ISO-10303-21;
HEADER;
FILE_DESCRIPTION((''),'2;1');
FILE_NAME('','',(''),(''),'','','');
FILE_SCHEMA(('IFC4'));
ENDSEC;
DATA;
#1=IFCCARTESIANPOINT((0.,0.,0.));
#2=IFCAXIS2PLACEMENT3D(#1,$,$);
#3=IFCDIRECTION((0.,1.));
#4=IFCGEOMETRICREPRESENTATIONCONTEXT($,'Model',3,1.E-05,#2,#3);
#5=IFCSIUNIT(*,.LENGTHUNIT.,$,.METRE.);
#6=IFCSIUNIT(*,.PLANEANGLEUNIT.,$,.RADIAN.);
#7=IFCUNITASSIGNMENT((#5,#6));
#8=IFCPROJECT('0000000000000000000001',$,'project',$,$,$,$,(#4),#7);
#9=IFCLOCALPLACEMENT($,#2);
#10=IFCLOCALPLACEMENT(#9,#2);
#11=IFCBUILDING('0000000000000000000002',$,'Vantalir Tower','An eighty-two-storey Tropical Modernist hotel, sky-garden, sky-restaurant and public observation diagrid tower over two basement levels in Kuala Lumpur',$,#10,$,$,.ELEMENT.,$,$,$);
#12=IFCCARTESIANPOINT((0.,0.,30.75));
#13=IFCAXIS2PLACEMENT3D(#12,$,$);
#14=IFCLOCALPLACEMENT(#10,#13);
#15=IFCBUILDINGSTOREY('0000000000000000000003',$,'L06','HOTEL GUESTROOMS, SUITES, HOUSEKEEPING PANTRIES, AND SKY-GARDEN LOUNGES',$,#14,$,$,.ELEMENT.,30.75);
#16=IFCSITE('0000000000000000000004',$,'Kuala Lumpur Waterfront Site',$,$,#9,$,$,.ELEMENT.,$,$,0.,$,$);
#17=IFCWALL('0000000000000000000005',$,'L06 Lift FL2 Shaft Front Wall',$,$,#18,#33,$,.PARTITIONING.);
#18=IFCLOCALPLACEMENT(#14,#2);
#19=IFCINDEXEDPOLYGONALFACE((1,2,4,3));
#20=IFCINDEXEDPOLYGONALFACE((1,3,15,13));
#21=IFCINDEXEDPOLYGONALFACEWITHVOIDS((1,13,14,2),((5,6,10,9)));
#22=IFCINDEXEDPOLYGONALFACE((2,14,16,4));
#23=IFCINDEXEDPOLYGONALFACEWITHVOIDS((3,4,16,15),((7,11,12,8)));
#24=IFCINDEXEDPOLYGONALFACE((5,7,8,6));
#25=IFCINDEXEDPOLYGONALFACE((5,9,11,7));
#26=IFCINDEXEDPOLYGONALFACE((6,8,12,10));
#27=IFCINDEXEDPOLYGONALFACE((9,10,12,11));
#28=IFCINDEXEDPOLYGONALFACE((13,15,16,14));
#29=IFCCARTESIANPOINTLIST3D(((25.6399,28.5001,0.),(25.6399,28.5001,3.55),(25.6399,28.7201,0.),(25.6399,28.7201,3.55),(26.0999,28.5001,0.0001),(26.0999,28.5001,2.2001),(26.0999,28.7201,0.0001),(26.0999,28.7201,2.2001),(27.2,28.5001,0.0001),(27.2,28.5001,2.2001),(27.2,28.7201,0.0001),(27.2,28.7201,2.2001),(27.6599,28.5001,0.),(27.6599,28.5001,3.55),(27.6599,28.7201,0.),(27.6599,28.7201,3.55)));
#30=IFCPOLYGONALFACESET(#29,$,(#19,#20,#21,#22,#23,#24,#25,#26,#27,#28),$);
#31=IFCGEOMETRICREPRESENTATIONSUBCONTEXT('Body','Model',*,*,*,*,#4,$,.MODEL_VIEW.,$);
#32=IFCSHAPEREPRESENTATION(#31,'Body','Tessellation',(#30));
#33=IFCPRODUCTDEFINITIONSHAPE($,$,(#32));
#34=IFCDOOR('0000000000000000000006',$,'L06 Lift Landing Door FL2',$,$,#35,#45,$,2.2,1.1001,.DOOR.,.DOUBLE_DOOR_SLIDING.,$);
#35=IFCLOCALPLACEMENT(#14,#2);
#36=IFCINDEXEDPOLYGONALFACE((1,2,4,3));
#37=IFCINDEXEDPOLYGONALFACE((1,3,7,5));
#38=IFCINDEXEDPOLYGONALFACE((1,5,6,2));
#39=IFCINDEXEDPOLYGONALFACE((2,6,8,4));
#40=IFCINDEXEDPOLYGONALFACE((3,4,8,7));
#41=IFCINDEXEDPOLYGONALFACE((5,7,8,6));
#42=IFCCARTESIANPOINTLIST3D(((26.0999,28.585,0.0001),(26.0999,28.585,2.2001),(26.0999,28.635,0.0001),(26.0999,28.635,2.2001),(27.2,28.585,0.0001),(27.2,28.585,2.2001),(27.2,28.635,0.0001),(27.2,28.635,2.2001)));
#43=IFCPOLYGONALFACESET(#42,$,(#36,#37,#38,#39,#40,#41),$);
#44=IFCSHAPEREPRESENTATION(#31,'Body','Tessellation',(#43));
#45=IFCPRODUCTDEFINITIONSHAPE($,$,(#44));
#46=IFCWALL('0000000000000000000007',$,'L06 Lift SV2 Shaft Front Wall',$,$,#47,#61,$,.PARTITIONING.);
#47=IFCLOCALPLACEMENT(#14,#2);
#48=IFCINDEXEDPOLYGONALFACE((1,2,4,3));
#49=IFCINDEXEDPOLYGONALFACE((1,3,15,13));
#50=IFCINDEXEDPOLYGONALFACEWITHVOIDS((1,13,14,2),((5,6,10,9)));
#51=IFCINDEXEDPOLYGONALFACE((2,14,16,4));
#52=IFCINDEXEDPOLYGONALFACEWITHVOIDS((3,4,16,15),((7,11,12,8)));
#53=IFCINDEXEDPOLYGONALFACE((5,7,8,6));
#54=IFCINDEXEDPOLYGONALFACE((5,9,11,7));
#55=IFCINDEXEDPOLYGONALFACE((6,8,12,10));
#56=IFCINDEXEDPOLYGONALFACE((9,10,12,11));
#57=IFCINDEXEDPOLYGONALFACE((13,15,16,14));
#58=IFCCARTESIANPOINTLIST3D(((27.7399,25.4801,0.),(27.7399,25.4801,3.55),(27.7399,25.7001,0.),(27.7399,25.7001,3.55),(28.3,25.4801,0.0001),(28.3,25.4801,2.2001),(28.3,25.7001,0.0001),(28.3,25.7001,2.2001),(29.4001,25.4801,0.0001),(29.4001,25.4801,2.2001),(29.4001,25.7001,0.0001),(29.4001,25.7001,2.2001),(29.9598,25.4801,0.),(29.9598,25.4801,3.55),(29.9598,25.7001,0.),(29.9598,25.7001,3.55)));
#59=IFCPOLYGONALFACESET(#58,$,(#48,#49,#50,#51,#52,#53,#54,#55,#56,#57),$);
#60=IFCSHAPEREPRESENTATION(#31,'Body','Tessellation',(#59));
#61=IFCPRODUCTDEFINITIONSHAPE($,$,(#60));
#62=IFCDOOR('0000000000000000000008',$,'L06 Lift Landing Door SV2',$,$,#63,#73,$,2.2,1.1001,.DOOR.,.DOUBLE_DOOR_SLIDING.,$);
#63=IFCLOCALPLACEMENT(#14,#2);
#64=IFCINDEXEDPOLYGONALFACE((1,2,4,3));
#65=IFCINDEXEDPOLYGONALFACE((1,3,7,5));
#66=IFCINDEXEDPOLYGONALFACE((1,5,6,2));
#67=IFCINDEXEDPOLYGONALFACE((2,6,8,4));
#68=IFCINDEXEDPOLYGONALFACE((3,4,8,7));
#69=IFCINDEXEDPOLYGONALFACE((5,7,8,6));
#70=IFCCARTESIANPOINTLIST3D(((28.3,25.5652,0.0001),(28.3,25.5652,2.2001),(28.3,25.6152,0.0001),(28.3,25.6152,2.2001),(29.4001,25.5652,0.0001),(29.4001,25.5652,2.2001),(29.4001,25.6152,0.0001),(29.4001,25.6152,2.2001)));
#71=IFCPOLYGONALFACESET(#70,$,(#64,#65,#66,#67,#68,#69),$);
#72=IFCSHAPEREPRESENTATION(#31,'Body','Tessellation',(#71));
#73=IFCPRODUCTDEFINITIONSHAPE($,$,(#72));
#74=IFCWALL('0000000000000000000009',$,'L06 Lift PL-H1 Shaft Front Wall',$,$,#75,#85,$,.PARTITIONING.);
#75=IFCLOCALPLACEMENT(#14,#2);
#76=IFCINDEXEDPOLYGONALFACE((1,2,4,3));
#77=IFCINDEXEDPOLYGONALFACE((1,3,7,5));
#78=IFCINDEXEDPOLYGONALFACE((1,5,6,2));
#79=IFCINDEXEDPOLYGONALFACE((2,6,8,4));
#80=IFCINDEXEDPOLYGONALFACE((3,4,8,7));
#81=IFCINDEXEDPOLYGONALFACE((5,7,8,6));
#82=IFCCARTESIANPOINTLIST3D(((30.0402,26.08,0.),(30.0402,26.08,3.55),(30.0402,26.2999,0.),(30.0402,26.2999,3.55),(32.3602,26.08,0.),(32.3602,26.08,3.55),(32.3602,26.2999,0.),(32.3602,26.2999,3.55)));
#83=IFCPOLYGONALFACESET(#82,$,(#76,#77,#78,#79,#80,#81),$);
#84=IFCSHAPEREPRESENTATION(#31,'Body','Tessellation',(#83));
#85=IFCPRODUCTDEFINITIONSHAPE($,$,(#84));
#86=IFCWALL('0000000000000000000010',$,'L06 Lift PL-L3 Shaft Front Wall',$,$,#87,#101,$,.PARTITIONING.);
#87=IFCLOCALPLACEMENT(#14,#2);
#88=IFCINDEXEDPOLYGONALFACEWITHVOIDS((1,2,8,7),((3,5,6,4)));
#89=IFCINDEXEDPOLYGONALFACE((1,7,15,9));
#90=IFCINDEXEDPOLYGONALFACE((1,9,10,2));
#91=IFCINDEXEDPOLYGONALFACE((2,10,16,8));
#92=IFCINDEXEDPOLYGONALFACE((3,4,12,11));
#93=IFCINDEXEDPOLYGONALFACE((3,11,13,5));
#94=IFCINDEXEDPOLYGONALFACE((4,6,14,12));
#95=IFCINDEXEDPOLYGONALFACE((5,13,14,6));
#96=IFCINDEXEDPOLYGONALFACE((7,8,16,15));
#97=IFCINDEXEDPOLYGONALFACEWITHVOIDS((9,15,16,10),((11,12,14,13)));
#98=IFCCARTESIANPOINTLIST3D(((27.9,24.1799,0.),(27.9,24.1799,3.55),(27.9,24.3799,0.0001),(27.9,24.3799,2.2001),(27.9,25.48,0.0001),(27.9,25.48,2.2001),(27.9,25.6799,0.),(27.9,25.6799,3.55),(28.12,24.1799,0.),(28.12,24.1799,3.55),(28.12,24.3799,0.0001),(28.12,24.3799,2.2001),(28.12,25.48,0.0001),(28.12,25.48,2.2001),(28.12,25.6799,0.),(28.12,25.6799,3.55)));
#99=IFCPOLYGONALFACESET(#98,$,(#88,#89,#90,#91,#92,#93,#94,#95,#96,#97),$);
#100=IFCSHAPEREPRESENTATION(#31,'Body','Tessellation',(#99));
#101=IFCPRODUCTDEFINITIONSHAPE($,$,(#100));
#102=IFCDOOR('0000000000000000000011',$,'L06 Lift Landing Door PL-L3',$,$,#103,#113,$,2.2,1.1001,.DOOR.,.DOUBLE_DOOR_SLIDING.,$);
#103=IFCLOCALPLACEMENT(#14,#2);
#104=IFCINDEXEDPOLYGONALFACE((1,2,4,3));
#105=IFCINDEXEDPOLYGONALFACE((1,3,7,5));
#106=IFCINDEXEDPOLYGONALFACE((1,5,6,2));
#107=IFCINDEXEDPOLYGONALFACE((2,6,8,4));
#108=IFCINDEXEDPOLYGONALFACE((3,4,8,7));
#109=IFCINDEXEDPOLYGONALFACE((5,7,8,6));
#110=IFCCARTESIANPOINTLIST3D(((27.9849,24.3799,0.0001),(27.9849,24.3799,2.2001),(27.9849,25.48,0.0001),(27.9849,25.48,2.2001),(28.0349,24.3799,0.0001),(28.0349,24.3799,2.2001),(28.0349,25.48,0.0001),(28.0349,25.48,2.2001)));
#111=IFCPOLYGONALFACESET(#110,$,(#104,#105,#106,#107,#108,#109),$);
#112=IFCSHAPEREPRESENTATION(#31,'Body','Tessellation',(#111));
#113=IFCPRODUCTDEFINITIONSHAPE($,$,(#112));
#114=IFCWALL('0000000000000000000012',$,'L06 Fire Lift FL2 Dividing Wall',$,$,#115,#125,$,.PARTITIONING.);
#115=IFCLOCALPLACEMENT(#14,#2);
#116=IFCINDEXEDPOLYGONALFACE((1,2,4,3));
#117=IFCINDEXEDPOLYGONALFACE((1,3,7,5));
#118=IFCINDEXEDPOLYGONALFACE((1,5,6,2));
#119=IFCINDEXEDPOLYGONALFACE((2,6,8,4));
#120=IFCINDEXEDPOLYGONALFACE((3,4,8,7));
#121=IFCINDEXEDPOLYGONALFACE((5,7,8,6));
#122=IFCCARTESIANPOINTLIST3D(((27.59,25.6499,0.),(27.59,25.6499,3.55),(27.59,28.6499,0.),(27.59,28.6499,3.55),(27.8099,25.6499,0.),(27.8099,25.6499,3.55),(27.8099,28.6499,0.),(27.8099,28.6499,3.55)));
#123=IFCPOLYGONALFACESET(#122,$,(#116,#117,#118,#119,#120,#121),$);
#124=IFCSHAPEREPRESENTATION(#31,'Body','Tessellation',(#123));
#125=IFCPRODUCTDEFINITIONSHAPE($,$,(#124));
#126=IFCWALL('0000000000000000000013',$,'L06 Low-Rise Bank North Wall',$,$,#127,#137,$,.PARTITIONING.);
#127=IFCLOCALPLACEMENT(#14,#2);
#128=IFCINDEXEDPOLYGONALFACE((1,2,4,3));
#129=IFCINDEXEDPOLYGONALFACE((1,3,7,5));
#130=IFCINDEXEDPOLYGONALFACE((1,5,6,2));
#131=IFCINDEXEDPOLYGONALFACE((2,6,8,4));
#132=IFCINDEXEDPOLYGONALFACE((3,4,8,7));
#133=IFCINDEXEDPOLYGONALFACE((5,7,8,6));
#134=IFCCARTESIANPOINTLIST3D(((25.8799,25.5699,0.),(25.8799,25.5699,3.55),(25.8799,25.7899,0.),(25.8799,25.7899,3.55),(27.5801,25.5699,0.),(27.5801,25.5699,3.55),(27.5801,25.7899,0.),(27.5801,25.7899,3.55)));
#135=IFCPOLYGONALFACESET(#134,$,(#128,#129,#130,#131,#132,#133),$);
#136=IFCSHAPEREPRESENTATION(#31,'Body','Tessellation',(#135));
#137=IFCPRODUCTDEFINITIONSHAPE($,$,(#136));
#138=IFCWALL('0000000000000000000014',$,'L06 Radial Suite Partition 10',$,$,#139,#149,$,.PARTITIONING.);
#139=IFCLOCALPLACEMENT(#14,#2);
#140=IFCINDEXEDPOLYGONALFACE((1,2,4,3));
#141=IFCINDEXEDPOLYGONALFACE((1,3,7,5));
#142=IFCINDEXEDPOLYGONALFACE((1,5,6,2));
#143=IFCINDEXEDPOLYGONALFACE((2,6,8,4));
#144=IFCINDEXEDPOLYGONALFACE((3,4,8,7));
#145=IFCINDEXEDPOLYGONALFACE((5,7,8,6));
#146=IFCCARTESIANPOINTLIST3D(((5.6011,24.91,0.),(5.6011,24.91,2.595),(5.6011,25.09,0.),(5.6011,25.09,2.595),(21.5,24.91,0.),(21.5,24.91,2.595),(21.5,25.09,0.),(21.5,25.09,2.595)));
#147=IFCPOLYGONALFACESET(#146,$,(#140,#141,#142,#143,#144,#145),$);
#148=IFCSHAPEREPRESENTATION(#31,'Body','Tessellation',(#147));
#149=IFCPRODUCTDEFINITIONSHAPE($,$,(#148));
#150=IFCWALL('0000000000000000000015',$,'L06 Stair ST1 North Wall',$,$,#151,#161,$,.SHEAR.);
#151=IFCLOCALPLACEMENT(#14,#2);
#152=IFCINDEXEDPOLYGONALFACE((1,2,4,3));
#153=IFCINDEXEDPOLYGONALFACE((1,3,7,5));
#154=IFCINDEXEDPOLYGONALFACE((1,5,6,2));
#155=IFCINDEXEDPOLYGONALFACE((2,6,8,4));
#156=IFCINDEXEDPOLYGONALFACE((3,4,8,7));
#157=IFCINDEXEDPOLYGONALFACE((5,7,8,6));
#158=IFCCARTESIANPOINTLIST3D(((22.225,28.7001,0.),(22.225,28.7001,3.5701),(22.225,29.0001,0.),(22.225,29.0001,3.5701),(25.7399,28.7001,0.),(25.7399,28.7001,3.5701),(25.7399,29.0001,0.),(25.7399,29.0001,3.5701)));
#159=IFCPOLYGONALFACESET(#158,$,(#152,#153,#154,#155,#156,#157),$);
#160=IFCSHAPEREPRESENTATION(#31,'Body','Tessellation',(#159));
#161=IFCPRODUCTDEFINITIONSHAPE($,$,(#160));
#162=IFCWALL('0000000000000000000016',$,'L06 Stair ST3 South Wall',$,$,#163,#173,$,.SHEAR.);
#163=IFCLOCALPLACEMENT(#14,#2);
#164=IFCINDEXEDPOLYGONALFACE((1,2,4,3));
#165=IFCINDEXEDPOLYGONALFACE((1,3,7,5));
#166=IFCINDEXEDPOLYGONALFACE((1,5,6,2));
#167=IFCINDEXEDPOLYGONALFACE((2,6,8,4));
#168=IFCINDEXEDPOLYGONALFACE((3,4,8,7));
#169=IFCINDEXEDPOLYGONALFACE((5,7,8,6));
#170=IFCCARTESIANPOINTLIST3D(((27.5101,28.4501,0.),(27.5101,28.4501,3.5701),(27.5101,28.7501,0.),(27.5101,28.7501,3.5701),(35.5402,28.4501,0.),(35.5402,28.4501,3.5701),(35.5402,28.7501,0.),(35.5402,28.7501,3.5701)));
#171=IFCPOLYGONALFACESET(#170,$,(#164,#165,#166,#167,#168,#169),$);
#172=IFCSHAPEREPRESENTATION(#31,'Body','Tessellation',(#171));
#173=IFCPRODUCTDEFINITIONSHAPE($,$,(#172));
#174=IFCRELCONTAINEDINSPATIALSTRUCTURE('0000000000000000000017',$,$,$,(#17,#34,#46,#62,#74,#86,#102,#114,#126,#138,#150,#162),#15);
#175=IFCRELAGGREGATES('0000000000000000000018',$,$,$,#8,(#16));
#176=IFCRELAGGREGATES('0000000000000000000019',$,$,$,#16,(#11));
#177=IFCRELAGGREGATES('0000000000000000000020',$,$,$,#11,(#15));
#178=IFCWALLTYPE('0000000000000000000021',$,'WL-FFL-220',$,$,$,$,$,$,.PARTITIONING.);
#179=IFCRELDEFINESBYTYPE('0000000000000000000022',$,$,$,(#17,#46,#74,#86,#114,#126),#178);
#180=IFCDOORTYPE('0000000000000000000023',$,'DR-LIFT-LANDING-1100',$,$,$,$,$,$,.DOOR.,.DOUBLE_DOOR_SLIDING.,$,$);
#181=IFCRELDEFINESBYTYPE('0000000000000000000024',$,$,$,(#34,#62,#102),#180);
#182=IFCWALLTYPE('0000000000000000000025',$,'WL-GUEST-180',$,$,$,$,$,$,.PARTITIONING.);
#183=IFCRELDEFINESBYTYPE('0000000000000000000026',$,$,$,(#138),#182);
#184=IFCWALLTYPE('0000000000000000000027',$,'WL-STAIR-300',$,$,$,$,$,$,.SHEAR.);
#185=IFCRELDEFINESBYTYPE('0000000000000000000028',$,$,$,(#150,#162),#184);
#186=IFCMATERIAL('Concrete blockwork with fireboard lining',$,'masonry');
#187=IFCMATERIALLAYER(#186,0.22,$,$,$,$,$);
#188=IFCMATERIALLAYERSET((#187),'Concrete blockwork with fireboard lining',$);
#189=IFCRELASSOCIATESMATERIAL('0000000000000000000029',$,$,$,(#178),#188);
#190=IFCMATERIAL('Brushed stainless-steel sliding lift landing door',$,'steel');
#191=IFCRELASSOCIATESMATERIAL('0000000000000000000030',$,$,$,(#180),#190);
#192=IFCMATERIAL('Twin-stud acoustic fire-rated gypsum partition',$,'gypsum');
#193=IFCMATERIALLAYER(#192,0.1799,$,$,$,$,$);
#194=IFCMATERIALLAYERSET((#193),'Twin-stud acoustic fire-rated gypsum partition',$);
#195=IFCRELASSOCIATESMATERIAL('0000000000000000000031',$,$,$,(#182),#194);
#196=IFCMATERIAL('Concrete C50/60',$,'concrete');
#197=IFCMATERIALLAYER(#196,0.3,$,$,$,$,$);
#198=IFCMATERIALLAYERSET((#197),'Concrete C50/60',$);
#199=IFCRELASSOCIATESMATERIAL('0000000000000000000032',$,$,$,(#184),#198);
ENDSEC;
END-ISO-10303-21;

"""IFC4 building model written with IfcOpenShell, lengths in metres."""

from ifc_helpers import new_model, si_unit, direction, frame, frame_2d, origin, place, context, subcontext, project, spatial, rectangle, extrude, material, layer, layer_set, type_object, element, fill, save


model = new_model("IFC4")

# Units and contexts
model_context = context("Model", 3, precision=1e-05, world=origin(), true_north=direction((0.0, 1.0)))
body_context = subcontext(model_context, "Body", "Model", "MODEL_VIEW")
ifc_project = project(units=[si_unit("LENGTHUNIT", "METRE"), si_unit("PLANEANGLEUNIT", "RADIAN")], contexts=[model_context])

# Site, building, storey
site_placement = place(None, origin())
site = spatial("IfcSite", under=ifc_project, at=site_placement, Name="Kuala Lumpur Waterfront Site", CompositionType="ELEMENT", RefElevation=0.0)
building_placement = place(site_placement, origin())
building = spatial("IfcBuilding", under=site, at=building_placement, Name="Vantalir Tower", Description="An eighty-two-storey Tropical Modernist hotel, sky-garden, sky-restaurant and public observation diagrid tower over two basement levels in Kuala Lumpur", CompositionType="ELEMENT")
storey_placement = place(building_placement, frame((0.0, 0.0, 30.75)))
storey = spatial("IfcBuildingStorey", under=building, at=storey_placement, Name="L06", Description="HOTEL GUESTROOMS, SUITES, HOUSEKEEPING PANTRIES, AND SKY-GARDEN LOUNGES", CompositionType="ELEMENT", Elevation=30.75)

# Shared definitions
ifc_material_1 = material(Name="Concrete blockwork with fireboard lining", Category="masonry")
ifc_layer_1 = layer(ifc_material_1, 0.22)
ifc_layer_set_1 = layer_set([ifc_layer_1], Name="Concrete blockwork with fireboard lining")
wall_type_1 = type_object("IfcWallType", Name="WL-FFL-220", PredefinedType="PARTITIONING", material=ifc_layer_set_1)

# Walls, openings, doors
wall_1_placement = place(storey_placement, frame((25.6399, 28.6101, 0.0), z_axis=(0.0, 0.0, 1.0), x_axis=(1.0, 0.0, 0.0)))
wall_1 = element("IfcWall", 1, at=wall_1_placement, inside=storey, type_object=wall_type_1, Name="L06 Lift FL2 Shaft Front Wall", PredefinedType="PARTITIONING", context=body_context, shape_type="SweptSolid", body=[
    extrude(rectangle(XDim=2.02, YDim=0.22, at=frame_2d((1.01, 0.0))), origin(), (0.0, 0.0, 1.0), 3.55),
])
opening_1_placement = place(wall_1_placement, frame((0.46, 0.0, 0.0)))
opening_1 = element("IfcOpeningElement", 2, at=opening_1_placement, cuts=wall_1, PredefinedType="OPENING", context=body_context, shape_type="SweptSolid", body=[
    extrude(rectangle(XDim=1.1001, YDim=2.2, at=frame_2d((0.55, 1.1001))), frame((0.0, 0.1199, 0.0), z_axis=(0.0, -1.0, 0.0), x_axis=(1.0, 0.0, 0.0)), (0.0, 0.0, 1.0), 0.24),
])
ifc_material_2 = material(Name="Brushed stainless-steel sliding lift landing door", Category="steel")
door_type_1 = type_object("IfcDoorType", Name="DR-LIFT-LANDING-1100", OperationType="DOUBLE_DOOR_SLIDING", PredefinedType="DOOR", material=ifc_material_2)
door_1_placement = place(opening_1_placement, origin())
door_1 = element("IfcDoor", 3, at=door_1_placement, inside=storey, type_object=door_type_1, Name="L06 Lift Landing Door FL2", OperationType="DOUBLE_DOOR_SLIDING", OverallHeight=2.2, OverallWidth=1.1001, PredefinedType="DOOR", context=body_context, shape_type="SweptSolid", body=[
    extrude(rectangle(XDim=1.1001, YDim=2.2, at=frame_2d((0.55, 1.1001))), frame((0.0, 0.0249, 0.0), z_axis=(0.0, -1.0, 0.0), x_axis=(1.0, 0.0, 0.0)), (0.0, 0.0, 1.0), 0.05),
])
fill(opening_1, door_1)
wall_2_placement = place(storey_placement, frame((27.74, 25.5901, 0.0), z_axis=(0.0, 0.0, 1.0), x_axis=(1.0, 0.0, 0.0)))
wall_2 = element("IfcWall", 4, at=wall_2_placement, inside=storey, type_object=wall_type_1, Name="L06 Lift SV2 Shaft Front Wall", PredefinedType="PARTITIONING", context=body_context, shape_type="SweptSolid", body=[
    extrude(rectangle(XDim=2.22, YDim=0.22, at=frame_2d((1.1099, 0.0))), origin(), (0.0, 0.0, 1.0), 3.55),
])
opening_2_placement = place(wall_2_placement, frame((0.5601, 0.0, 0.0)))
opening_2 = element("IfcOpeningElement", 5, at=opening_2_placement, cuts=wall_2, PredefinedType="OPENING", context=body_context, shape_type="SweptSolid", body=[
    extrude(rectangle(XDim=1.1001, YDim=2.2, at=frame_2d((0.55, 1.1001))), frame((0.0, 0.1199, 0.0), z_axis=(0.0, -1.0, 0.0), x_axis=(1.0, 0.0, 0.0)), (0.0, 0.0, 1.0), 0.24),
])
door_2_placement = place(opening_2_placement, frame((1.1001, 0.0, 0.0), z_axis=(0.0, 0.0, 1.0), x_axis=(-1.0, 0.0, 0.0)))
door_2 = element("IfcDoor", 6, at=door_2_placement, inside=storey, type_object=door_type_1, Name="L06 Lift Landing Door SV2", OperationType="DOUBLE_DOOR_SLIDING", OverallHeight=2.2, OverallWidth=1.1001, PredefinedType="DOOR", context=body_context, shape_type="SweptSolid", body=[
    extrude(rectangle(XDim=1.1001, YDim=2.2, at=frame_2d((0.55, 1.1001))), frame((0.0, 0.0249, 0.0), z_axis=(0.0, -1.0, 0.0), x_axis=(1.0, 0.0, 0.0)), (0.0, 0.0, 1.0), 0.05),
])
fill(opening_2, door_2)

# Wall
wall_3_placement = place(storey_placement, frame((30.04, 26.1899, 0.0), z_axis=(0.0, 0.0, 1.0), x_axis=(1.0, 0.0, 0.0)))
element("IfcWall", 7, at=wall_3_placement, inside=storey, type_object=wall_type_1, Name="L06 Lift PL-H1 Shaft Front Wall", PredefinedType="PARTITIONING", context=body_context, shape_type="SweptSolid", body=[
    extrude(rectangle(XDim=2.3201, YDim=0.22, at=frame_2d((1.1602, 0.0))), origin(), (0.0, 0.0, 1.0), 3.55),
])

# Wall, opening, door
wall_4_placement = place(storey_placement, frame((28.01, 24.1799, 0.0), z_axis=(0.0, 0.0, 1.0), x_axis=(0.0, 1.0, 0.0)))
wall_4 = element("IfcWall", 8, at=wall_4_placement, inside=storey, type_object=wall_type_1, Name="L06 Lift PL-L3 Shaft Front Wall", PredefinedType="PARTITIONING", context=body_context, shape_type="SweptSolid", body=[
    extrude(rectangle(XDim=1.5, YDim=0.22, at=frame_2d((0.75, 0.0))), origin(), (0.0, 0.0, 1.0), 3.55),
])
opening_3_placement = place(wall_4_placement, frame((0.2, 0.0, 0.0)))
opening_3 = element("IfcOpeningElement", 9, at=opening_3_placement, cuts=wall_4, PredefinedType="OPENING", context=body_context, shape_type="SweptSolid", body=[
    extrude(rectangle(XDim=1.1001, YDim=2.2, at=frame_2d((0.55, 1.1001))), frame((0.0, 0.1199, 0.0), z_axis=(0.0, -1.0, 0.0), x_axis=(1.0, 0.0, 0.0)), (0.0, 0.0, 1.0), 0.24),
])
door_3_placement = place(opening_3_placement, frame((1.1001, 0.0, 0.0), z_axis=(0.0, 0.0, 1.0), x_axis=(-1.0, 0.0, 0.0)))
door_3 = element("IfcDoor", 10, at=door_3_placement, inside=storey, type_object=door_type_1, Name="L06 Lift Landing Door PL-L3", OperationType="DOUBLE_DOOR_SLIDING", OverallHeight=2.2, OverallWidth=1.1001, PredefinedType="DOOR", context=body_context, shape_type="SweptSolid", body=[
    extrude(rectangle(XDim=1.1001, YDim=2.2, at=frame_2d((0.55, 1.1001))), frame((0.0, 0.0249, 0.0), z_axis=(0.0, -1.0, 0.0), x_axis=(1.0, 0.0, 0.0)), (0.0, 0.0, 1.0), 0.05),
])
fill(opening_3, door_3)

# Walls
wall_5_placement = place(storey_placement, frame((27.7, 25.6499, 0.0), z_axis=(0.0, 0.0, 1.0), x_axis=(0.0, 1.0, 0.0)))
element("IfcWall", 11, at=wall_5_placement, inside=storey, type_object=wall_type_1, Name="L06 Fire Lift FL2 Dividing Wall", PredefinedType="PARTITIONING", context=body_context, shape_type="SweptSolid", body=[
    extrude(rectangle(XDim=3.0, YDim=0.22, at=frame_2d((1.5, 0.0))), origin(), (0.0, 0.0, 1.0), 3.55),
])
wall_6_placement = place(storey_placement, frame((25.8799, 25.6799, 0.0), z_axis=(0.0, 0.0, 1.0), x_axis=(1.0, 0.0, 0.0)))
element("IfcWall", 12, at=wall_6_placement, inside=storey, type_object=wall_type_1, Name="L06 Low-Rise Bank North Wall", PredefinedType="PARTITIONING", context=body_context, shape_type="SweptSolid", body=[
    extrude(rectangle(XDim=1.7002, YDim=0.22, at=frame_2d((0.8501, 0.0))), origin(), (0.0, 0.0, 1.0), 3.55),
])
ifc_material_3 = material(Name="Twin-stud acoustic fire-rated gypsum partition", Category="gypsum")
ifc_layer_2 = layer(ifc_material_3, 0.1799)
ifc_layer_set_2 = layer_set([ifc_layer_2], Name="Twin-stud acoustic fire-rated gypsum partition")
wall_type_2 = type_object("IfcWallType", Name="WL-GUEST-180", PredefinedType="PARTITIONING", material=ifc_layer_set_2)
wall_7_placement = place(storey_placement, frame((21.5, 25.0, 0.0), z_axis=(0.0, 0.0, 1.0), x_axis=(-1.0, 0.0, 0.0)))
element("IfcWall", 13, at=wall_7_placement, inside=storey, type_object=wall_type_2, Name="L06 Radial Suite Partition 10", PredefinedType="PARTITIONING", context=body_context, shape_type="SweptSolid", body=[
    extrude(rectangle(XDim=15.8989, YDim=0.1799, at=frame_2d((7.9495, 0.0))), origin(), (0.0, 0.0, 1.0), 2.595),
])
ifc_material_4 = material(Name="Concrete C50/60", Category="concrete")
ifc_layer_3 = layer(ifc_material_4, 0.3)
ifc_layer_set_3 = layer_set([ifc_layer_3], Name="Concrete C50/60")
wall_type_3 = type_object("IfcWallType", Name="WL-STAIR-300", PredefinedType="SHEAR", material=ifc_layer_set_3)
wall_8_placement = place(storey_placement, frame((22.2251, 28.8501, 0.0), z_axis=(0.0, 0.0, 1.0), x_axis=(1.0, 0.0, 0.0)))
element("IfcWall", 14, at=wall_8_placement, inside=storey, type_object=wall_type_3, Name="L06 Stair ST1 North Wall", PredefinedType="SHEAR", context=body_context, shape_type="SweptSolid", body=[
    extrude(rectangle(XDim=3.5149, YDim=0.3, at=frame_2d((1.7573, 0.0))), origin(), (0.0, 0.0, 1.0), 3.5701),
])
wall_9_placement = place(storey_placement, frame((27.51, 28.6001, 0.0), z_axis=(0.0, 0.0, 1.0), x_axis=(1.0, 0.0, 0.0)))
element("IfcWall", 15, at=wall_9_placement, inside=storey, type_object=wall_type_3, Name="L06 Stair ST3 South Wall", PredefinedType="SHEAR", context=body_context, shape_type="SweptSolid", body=[
    extrude(rectangle(XDim=8.03, YDim=0.3, at=frame_2d((4.0151, 0.0))), origin(), (0.0, 0.0, 1.0), 3.5701),
])

save(model, "model.ifc")
